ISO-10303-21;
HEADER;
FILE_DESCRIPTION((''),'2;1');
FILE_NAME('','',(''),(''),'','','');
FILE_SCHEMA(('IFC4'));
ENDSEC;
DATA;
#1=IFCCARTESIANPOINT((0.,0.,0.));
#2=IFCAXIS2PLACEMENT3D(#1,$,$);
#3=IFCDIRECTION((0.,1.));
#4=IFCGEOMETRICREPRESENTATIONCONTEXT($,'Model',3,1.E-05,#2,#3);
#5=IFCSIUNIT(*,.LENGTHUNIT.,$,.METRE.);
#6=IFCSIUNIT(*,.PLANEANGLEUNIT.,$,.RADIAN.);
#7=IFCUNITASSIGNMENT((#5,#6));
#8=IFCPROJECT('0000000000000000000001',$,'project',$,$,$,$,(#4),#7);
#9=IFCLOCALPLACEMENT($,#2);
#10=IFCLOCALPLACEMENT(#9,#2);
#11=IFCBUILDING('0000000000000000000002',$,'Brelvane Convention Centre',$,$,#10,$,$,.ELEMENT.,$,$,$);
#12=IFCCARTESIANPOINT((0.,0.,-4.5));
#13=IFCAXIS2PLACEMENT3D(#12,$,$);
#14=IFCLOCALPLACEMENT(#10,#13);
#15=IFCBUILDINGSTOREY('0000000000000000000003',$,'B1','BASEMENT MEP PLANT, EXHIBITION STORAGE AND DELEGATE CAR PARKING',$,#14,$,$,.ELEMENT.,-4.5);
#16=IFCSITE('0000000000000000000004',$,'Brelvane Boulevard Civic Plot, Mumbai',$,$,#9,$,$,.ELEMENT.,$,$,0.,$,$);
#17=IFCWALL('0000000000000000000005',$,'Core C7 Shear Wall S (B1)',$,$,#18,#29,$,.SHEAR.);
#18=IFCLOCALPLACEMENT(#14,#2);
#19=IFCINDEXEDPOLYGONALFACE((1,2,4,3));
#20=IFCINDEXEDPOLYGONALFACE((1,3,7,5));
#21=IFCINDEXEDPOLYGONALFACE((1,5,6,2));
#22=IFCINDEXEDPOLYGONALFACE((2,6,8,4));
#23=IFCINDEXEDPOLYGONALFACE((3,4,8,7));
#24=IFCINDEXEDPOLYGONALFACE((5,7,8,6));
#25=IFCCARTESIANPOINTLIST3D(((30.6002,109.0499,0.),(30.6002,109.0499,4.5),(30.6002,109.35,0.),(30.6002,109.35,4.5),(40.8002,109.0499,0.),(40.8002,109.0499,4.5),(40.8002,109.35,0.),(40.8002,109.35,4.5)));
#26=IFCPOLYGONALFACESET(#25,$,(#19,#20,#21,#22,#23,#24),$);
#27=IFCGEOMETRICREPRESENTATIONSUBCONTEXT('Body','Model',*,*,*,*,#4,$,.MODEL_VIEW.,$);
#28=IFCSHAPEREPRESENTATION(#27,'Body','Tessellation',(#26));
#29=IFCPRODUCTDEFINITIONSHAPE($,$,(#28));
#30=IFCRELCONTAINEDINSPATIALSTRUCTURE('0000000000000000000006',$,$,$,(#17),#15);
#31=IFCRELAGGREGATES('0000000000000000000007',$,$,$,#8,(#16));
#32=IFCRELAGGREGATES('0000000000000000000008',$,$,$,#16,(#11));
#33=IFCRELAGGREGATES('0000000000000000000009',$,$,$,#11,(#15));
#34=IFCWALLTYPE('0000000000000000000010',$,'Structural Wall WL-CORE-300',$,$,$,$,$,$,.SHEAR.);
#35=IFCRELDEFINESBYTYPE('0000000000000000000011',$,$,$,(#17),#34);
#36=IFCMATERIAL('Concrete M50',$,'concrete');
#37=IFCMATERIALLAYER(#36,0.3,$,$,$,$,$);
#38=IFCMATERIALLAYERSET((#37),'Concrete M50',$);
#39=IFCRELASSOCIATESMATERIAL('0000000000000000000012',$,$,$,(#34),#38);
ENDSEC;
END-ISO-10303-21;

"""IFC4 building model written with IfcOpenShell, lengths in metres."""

from ifc_helpers import new_model, si_unit, direction, frame, frame_2d, origin, place, context, subcontext, project, spatial, rectangle, extrude, material, layer, layer_set, type_object, element, save


model = new_model("IFC4")

# Units and contexts
model_context = context("Model", 3, precision=1e-05, world=origin(), true_north=direction((0.0, 1.0)))
body_context = subcontext(model_context, "Body", "Model", "MODEL_VIEW")
ifc_project = project(units=[si_unit("LENGTHUNIT", "METRE"), si_unit("PLANEANGLEUNIT", "RADIAN")], contexts=[model_context])

# Site, building, storey
site_placement = place(None, origin())
site = spatial("IfcSite", under=ifc_project, at=site_placement, Name="Brelvane Boulevard Civic Plot, Mumbai", CompositionType="ELEMENT", RefElevation=0.0)
building_placement = place(site_placement, origin())
building = spatial("IfcBuilding", under=site, at=building_placement, Name="Brelvane Convention Centre", CompositionType="ELEMENT")
storey_placement = place(building_placement, frame((0.0, 0.0, -4.5)))
storey = spatial("IfcBuildingStorey", under=building, at=storey_placement, Name="B1", Description="BASEMENT MEP PLANT, EXHIBITION STORAGE AND DELEGATE CAR PARKING", CompositionType="ELEMENT", Elevation=-4.5)

# Wall
ifc_material_1 = material(Name="Concrete M50", Category="concrete")
ifc_layer = layer(ifc_material_1, 0.3)
ifc_layer_set = layer_set([ifc_layer], Name="Concrete M50")
wall_type = type_object("IfcWallType", Name="Structural Wall WL-CORE-300", PredefinedType="SHEAR", material=ifc_layer_set)
wall_placement = place(storey_placement, frame((30.6001, 109.2, 0.0), z_axis=(0.0, 0.0, 1.0), x_axis=(1.0, 0.0, 0.0)))
element("IfcWall", 1, at=wall_placement, inside=storey, type_object=wall_type, Name="Core C7 Shear Wall S (B1)", PredefinedType="SHEAR", context=body_context, shape_type="SweptSolid", body=[
    extrude(rectangle(XDim=10.2, YDim=0.3, at=frame_2d((5.1001, 0.0))), origin(), (0.0, 0.0, 1.0), 4.5),
])

save(model, "model.ifc")
